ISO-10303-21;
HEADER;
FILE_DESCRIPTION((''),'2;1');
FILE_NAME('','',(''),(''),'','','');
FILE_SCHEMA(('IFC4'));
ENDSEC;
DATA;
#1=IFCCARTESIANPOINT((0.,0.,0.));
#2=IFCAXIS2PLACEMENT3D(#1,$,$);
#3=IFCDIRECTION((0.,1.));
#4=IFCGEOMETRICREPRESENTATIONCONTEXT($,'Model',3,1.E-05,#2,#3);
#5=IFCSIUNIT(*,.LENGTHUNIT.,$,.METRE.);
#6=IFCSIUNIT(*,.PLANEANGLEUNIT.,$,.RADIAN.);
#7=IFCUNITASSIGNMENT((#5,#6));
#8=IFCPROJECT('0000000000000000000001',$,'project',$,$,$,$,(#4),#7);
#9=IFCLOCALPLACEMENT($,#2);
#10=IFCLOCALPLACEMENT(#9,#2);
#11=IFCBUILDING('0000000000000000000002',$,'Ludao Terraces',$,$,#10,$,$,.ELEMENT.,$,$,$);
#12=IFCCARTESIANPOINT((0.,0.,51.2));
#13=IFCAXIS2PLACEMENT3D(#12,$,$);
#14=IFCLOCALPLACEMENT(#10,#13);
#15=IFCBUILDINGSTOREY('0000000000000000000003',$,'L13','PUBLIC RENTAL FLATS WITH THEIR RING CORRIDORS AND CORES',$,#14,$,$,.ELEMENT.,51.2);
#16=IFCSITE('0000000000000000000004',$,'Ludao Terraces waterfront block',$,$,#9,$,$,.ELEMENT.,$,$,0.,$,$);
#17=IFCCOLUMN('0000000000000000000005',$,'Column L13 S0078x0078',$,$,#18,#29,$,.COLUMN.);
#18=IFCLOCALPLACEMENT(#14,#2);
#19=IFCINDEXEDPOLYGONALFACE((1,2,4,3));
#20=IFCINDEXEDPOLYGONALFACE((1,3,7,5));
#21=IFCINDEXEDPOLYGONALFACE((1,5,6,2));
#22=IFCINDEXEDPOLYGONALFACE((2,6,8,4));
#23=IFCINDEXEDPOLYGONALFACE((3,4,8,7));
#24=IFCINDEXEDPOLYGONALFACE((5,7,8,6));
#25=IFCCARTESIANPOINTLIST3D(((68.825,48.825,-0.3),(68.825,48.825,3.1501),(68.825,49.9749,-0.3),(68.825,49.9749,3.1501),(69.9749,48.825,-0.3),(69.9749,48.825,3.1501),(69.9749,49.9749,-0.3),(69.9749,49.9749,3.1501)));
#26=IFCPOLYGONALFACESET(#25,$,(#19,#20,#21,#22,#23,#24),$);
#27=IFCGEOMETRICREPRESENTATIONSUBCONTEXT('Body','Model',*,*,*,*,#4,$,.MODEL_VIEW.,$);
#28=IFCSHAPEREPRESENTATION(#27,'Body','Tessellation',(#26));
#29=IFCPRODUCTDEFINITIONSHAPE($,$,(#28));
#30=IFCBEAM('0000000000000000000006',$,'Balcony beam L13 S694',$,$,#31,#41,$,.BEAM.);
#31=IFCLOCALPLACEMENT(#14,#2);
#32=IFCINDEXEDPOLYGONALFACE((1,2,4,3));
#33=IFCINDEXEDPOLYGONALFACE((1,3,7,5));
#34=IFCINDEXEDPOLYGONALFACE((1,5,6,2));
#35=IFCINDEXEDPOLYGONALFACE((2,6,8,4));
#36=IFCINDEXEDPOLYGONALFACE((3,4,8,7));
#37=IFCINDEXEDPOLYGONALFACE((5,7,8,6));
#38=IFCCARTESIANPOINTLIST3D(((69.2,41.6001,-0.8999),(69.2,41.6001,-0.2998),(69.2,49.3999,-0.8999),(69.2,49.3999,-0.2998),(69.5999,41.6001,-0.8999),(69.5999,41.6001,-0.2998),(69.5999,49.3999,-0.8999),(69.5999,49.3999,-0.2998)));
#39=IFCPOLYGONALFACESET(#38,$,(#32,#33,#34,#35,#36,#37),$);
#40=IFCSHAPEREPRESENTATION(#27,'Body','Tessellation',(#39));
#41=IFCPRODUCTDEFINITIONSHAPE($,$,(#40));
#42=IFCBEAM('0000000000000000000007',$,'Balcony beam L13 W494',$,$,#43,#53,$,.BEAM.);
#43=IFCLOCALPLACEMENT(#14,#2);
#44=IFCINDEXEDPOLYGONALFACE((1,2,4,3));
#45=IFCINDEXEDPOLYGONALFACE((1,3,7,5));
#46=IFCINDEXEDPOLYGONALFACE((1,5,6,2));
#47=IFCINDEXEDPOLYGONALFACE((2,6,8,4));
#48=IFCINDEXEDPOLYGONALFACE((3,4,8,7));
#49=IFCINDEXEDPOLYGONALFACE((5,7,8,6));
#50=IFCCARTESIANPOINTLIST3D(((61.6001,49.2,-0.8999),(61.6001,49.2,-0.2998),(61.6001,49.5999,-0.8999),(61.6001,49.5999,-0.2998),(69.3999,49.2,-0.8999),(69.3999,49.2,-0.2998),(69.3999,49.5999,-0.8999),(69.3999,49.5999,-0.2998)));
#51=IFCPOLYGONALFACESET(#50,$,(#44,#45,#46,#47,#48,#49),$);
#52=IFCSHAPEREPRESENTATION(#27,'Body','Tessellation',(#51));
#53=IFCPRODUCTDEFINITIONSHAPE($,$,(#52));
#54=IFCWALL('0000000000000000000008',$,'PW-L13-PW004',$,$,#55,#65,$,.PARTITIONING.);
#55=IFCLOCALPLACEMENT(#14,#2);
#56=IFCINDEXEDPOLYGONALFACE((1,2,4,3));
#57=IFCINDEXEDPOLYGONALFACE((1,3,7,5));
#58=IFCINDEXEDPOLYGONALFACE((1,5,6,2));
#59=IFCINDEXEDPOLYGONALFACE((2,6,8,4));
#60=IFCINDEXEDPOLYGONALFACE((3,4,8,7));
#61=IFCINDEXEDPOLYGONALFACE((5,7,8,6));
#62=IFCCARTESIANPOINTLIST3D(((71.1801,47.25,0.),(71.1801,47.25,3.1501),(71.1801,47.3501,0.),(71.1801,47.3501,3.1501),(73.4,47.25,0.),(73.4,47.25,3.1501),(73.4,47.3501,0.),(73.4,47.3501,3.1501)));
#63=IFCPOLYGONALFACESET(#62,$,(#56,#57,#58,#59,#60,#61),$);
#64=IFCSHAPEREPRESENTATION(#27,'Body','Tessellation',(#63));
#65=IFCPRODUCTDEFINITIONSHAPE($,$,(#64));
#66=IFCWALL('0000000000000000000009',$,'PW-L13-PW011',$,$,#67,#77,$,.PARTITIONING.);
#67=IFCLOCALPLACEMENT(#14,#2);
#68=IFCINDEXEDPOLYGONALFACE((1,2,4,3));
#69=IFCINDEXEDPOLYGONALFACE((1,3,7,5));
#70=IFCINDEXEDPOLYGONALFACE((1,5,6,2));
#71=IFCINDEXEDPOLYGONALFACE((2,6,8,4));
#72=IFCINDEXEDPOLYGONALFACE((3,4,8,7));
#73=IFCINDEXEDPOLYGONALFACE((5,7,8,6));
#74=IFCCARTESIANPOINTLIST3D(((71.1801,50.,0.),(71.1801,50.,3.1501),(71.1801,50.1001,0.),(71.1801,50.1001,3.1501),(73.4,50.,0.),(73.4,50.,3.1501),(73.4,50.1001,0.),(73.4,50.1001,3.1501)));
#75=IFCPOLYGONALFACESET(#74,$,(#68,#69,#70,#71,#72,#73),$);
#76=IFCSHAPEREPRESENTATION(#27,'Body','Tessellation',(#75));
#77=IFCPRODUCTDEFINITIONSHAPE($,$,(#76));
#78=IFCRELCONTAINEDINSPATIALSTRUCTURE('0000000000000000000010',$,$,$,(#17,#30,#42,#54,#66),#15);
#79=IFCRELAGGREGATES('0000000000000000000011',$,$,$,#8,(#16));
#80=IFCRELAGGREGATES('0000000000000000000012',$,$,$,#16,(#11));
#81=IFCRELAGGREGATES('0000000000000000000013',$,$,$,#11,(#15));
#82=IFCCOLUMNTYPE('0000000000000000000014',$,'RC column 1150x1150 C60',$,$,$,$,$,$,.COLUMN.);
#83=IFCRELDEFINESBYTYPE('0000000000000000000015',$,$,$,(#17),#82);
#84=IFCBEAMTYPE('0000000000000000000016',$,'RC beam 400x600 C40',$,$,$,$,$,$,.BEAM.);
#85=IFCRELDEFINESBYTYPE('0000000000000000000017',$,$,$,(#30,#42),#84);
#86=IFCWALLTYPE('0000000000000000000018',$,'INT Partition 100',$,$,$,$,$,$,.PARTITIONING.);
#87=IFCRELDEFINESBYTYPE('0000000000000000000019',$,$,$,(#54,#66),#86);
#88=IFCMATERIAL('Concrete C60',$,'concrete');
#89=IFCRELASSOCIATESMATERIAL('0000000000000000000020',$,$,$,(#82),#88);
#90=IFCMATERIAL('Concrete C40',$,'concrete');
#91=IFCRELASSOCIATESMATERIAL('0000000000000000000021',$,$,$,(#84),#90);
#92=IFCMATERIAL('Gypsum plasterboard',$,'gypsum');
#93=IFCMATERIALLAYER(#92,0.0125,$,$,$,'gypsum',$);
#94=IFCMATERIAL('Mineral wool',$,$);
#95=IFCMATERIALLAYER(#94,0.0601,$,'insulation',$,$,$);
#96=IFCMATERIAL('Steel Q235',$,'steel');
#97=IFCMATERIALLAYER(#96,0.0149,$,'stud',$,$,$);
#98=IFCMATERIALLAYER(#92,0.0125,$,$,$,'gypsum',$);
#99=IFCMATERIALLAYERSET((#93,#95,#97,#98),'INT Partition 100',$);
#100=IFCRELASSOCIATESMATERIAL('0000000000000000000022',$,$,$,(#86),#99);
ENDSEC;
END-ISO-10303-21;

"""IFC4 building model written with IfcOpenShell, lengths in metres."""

from ifc_helpers import new_model, si_unit, direction, frame, frame_2d, origin, origin_2d, place, context, subcontext, project, spatial, rectangle, extrude, material, layer, layer_set, material_profile, profile_set, type_object, element, save


model = new_model("IFC4")

# Units and contexts
model_context = context("Model", 3, precision=1e-05, world=origin(), true_north=direction((0.0, 1.0)))
body_context = subcontext(model_context, "Body", "Model", "MODEL_VIEW")
ifc_project = project(units=[si_unit("LENGTHUNIT", "METRE"), si_unit("PLANEANGLEUNIT", "RADIAN")], contexts=[model_context])

# Site, building, storey
site_placement = place(None, origin())
site = spatial("IfcSite", under=ifc_project, at=site_placement, Name="Ludao Terraces waterfront block", CompositionType="ELEMENT", RefElevation=0.0)
building_placement = place(site_placement, origin())
building = spatial("IfcBuilding", under=site, at=building_placement, Name="Ludao Terraces", CompositionType="ELEMENT")
storey_placement = place(building_placement, frame((0.0, 0.0, 51.2)))
storey = spatial("IfcBuildingStorey", under=building, at=storey_placement, Name="L13", Description="PUBLIC RENTAL FLATS WITH THEIR RING CORRIDORS AND CORES", CompositionType="ELEMENT", Elevation=51.2)

# Column
ifc_material_1 = material(Name="Concrete C60", Category="concrete")
ifc_material_profile_1 = material_profile(ifc_material_1, rectangle(XDim=1.1499, YDim=1.1499, at=origin_2d()), Name="1150 X 1150")
ifc_profile_set_1 = profile_set([ifc_material_profile_1], Name="Concrete C60")
column_type = type_object("IfcColumnType", Name="RC column 1150x1150 C60", PredefinedType="COLUMN", material=ifc_profile_set_1)
column_placement = place(storey_placement, frame((69.3999, 49.3999, -0.3), z_axis=(0.0, 0.0, 1.0), x_axis=(1.0, 0.0, 0.0)))
element("IfcColumn", 1, at=column_placement, inside=storey, type_object=column_type, Name="Column L13 S0078x0078", PredefinedType="COLUMN", context=body_context, shape_type="SweptSolid", body=[
    extrude(rectangle(XDim=1.1499, YDim=1.1499, at=origin_2d()), origin(), (0.0, 0.0, 1.0), 3.4502),
])

# Beams
ifc_material_2 = material(Name="Concrete C40", Category="concrete")
ifc_material_profile_2 = material_profile(ifc_material_2, rectangle(XDim=0.3999, YDim=0.6001, at=origin_2d()), Name="400 X 600")
ifc_profile_set_2 = profile_set([ifc_material_profile_2], Name="Concrete C40")
beam_type = type_object("IfcBeamType", Name="RC beam 400x600 C40", PredefinedType="BEAM", material=ifc_profile_set_2)
for number, where, z_axis, x_axis, name in (
    (2, (69.3999, 49.3999, -0.5999), (0.0, -1.0, 0.0), (1.0, 0.0, 0.0), "Balcony beam L13 S694"),
    (3, (69.3999, 49.3999, -0.5999), (-1.0, 0.0, 0.0), (0.0, -1.0, 0.0), "Balcony beam L13 W494"),
):
    element("IfcBeam", number, at=place(storey_placement, frame(where, z_axis=z_axis, x_axis=x_axis)), inside=storey, type_object=beam_type, Name=name, PredefinedType="BEAM", context=body_context, shape_type="SweptSolid", body=[
        extrude(rectangle(XDim=0.3999, YDim=0.6001, at=origin_2d()), origin(), (0.0, 0.0, 1.0), 7.7998),
    ])

# Walls
ifc_material_3 = material(Name="Gypsum plasterboard", Category="gypsum")
ifc_layer_1 = layer(ifc_material_3, 0.0125, Category="gypsum")
ifc_material_4 = material(Name="Mineral wool")
ifc_layer_2 = layer(ifc_material_4, 0.0601, Name="insulation")
ifc_material_5 = material(Name="Steel Q235", Category="steel")
ifc_layer_3 = layer(ifc_material_5, 0.0149, Name="stud")
ifc_layer_4 = layer(ifc_material_3, 0.0125, Category="gypsum")
ifc_layer_set = layer_set([ifc_layer_1, ifc_layer_2, ifc_layer_3, ifc_layer_4], Name="INT Partition 100")
wall_type = type_object("IfcWallType", Name="INT Partition 100", PredefinedType="PARTITIONING", material=ifc_layer_set)
for number, where, z_axis, x_axis, name in (
    (4, (71.1802, 47.3, 0.0), (0.0, 0.0, 1.0), (1.0, 0.0, 0.0), "PW-L13-PW004"),
    (5, (71.1802, 50.05, 0.0), (0.0, 0.0, 1.0), (1.0, 0.0, 0.0), "PW-L13-PW011"),
):
    element("IfcWall", number, at=place(storey_placement, frame(where, z_axis=z_axis, x_axis=x_axis)), inside=storey, type_object=wall_type, Name=name, PredefinedType="PARTITIONING", context=body_context, shape_type="SweptSolid", body=[
        extrude(rectangle(XDim=2.22, YDim=0.1001, at=frame_2d((1.1099, 0.0))), origin(), (0.0, 0.0, 1.0), 3.1501),
    ])

save(model, "model.ifc")
